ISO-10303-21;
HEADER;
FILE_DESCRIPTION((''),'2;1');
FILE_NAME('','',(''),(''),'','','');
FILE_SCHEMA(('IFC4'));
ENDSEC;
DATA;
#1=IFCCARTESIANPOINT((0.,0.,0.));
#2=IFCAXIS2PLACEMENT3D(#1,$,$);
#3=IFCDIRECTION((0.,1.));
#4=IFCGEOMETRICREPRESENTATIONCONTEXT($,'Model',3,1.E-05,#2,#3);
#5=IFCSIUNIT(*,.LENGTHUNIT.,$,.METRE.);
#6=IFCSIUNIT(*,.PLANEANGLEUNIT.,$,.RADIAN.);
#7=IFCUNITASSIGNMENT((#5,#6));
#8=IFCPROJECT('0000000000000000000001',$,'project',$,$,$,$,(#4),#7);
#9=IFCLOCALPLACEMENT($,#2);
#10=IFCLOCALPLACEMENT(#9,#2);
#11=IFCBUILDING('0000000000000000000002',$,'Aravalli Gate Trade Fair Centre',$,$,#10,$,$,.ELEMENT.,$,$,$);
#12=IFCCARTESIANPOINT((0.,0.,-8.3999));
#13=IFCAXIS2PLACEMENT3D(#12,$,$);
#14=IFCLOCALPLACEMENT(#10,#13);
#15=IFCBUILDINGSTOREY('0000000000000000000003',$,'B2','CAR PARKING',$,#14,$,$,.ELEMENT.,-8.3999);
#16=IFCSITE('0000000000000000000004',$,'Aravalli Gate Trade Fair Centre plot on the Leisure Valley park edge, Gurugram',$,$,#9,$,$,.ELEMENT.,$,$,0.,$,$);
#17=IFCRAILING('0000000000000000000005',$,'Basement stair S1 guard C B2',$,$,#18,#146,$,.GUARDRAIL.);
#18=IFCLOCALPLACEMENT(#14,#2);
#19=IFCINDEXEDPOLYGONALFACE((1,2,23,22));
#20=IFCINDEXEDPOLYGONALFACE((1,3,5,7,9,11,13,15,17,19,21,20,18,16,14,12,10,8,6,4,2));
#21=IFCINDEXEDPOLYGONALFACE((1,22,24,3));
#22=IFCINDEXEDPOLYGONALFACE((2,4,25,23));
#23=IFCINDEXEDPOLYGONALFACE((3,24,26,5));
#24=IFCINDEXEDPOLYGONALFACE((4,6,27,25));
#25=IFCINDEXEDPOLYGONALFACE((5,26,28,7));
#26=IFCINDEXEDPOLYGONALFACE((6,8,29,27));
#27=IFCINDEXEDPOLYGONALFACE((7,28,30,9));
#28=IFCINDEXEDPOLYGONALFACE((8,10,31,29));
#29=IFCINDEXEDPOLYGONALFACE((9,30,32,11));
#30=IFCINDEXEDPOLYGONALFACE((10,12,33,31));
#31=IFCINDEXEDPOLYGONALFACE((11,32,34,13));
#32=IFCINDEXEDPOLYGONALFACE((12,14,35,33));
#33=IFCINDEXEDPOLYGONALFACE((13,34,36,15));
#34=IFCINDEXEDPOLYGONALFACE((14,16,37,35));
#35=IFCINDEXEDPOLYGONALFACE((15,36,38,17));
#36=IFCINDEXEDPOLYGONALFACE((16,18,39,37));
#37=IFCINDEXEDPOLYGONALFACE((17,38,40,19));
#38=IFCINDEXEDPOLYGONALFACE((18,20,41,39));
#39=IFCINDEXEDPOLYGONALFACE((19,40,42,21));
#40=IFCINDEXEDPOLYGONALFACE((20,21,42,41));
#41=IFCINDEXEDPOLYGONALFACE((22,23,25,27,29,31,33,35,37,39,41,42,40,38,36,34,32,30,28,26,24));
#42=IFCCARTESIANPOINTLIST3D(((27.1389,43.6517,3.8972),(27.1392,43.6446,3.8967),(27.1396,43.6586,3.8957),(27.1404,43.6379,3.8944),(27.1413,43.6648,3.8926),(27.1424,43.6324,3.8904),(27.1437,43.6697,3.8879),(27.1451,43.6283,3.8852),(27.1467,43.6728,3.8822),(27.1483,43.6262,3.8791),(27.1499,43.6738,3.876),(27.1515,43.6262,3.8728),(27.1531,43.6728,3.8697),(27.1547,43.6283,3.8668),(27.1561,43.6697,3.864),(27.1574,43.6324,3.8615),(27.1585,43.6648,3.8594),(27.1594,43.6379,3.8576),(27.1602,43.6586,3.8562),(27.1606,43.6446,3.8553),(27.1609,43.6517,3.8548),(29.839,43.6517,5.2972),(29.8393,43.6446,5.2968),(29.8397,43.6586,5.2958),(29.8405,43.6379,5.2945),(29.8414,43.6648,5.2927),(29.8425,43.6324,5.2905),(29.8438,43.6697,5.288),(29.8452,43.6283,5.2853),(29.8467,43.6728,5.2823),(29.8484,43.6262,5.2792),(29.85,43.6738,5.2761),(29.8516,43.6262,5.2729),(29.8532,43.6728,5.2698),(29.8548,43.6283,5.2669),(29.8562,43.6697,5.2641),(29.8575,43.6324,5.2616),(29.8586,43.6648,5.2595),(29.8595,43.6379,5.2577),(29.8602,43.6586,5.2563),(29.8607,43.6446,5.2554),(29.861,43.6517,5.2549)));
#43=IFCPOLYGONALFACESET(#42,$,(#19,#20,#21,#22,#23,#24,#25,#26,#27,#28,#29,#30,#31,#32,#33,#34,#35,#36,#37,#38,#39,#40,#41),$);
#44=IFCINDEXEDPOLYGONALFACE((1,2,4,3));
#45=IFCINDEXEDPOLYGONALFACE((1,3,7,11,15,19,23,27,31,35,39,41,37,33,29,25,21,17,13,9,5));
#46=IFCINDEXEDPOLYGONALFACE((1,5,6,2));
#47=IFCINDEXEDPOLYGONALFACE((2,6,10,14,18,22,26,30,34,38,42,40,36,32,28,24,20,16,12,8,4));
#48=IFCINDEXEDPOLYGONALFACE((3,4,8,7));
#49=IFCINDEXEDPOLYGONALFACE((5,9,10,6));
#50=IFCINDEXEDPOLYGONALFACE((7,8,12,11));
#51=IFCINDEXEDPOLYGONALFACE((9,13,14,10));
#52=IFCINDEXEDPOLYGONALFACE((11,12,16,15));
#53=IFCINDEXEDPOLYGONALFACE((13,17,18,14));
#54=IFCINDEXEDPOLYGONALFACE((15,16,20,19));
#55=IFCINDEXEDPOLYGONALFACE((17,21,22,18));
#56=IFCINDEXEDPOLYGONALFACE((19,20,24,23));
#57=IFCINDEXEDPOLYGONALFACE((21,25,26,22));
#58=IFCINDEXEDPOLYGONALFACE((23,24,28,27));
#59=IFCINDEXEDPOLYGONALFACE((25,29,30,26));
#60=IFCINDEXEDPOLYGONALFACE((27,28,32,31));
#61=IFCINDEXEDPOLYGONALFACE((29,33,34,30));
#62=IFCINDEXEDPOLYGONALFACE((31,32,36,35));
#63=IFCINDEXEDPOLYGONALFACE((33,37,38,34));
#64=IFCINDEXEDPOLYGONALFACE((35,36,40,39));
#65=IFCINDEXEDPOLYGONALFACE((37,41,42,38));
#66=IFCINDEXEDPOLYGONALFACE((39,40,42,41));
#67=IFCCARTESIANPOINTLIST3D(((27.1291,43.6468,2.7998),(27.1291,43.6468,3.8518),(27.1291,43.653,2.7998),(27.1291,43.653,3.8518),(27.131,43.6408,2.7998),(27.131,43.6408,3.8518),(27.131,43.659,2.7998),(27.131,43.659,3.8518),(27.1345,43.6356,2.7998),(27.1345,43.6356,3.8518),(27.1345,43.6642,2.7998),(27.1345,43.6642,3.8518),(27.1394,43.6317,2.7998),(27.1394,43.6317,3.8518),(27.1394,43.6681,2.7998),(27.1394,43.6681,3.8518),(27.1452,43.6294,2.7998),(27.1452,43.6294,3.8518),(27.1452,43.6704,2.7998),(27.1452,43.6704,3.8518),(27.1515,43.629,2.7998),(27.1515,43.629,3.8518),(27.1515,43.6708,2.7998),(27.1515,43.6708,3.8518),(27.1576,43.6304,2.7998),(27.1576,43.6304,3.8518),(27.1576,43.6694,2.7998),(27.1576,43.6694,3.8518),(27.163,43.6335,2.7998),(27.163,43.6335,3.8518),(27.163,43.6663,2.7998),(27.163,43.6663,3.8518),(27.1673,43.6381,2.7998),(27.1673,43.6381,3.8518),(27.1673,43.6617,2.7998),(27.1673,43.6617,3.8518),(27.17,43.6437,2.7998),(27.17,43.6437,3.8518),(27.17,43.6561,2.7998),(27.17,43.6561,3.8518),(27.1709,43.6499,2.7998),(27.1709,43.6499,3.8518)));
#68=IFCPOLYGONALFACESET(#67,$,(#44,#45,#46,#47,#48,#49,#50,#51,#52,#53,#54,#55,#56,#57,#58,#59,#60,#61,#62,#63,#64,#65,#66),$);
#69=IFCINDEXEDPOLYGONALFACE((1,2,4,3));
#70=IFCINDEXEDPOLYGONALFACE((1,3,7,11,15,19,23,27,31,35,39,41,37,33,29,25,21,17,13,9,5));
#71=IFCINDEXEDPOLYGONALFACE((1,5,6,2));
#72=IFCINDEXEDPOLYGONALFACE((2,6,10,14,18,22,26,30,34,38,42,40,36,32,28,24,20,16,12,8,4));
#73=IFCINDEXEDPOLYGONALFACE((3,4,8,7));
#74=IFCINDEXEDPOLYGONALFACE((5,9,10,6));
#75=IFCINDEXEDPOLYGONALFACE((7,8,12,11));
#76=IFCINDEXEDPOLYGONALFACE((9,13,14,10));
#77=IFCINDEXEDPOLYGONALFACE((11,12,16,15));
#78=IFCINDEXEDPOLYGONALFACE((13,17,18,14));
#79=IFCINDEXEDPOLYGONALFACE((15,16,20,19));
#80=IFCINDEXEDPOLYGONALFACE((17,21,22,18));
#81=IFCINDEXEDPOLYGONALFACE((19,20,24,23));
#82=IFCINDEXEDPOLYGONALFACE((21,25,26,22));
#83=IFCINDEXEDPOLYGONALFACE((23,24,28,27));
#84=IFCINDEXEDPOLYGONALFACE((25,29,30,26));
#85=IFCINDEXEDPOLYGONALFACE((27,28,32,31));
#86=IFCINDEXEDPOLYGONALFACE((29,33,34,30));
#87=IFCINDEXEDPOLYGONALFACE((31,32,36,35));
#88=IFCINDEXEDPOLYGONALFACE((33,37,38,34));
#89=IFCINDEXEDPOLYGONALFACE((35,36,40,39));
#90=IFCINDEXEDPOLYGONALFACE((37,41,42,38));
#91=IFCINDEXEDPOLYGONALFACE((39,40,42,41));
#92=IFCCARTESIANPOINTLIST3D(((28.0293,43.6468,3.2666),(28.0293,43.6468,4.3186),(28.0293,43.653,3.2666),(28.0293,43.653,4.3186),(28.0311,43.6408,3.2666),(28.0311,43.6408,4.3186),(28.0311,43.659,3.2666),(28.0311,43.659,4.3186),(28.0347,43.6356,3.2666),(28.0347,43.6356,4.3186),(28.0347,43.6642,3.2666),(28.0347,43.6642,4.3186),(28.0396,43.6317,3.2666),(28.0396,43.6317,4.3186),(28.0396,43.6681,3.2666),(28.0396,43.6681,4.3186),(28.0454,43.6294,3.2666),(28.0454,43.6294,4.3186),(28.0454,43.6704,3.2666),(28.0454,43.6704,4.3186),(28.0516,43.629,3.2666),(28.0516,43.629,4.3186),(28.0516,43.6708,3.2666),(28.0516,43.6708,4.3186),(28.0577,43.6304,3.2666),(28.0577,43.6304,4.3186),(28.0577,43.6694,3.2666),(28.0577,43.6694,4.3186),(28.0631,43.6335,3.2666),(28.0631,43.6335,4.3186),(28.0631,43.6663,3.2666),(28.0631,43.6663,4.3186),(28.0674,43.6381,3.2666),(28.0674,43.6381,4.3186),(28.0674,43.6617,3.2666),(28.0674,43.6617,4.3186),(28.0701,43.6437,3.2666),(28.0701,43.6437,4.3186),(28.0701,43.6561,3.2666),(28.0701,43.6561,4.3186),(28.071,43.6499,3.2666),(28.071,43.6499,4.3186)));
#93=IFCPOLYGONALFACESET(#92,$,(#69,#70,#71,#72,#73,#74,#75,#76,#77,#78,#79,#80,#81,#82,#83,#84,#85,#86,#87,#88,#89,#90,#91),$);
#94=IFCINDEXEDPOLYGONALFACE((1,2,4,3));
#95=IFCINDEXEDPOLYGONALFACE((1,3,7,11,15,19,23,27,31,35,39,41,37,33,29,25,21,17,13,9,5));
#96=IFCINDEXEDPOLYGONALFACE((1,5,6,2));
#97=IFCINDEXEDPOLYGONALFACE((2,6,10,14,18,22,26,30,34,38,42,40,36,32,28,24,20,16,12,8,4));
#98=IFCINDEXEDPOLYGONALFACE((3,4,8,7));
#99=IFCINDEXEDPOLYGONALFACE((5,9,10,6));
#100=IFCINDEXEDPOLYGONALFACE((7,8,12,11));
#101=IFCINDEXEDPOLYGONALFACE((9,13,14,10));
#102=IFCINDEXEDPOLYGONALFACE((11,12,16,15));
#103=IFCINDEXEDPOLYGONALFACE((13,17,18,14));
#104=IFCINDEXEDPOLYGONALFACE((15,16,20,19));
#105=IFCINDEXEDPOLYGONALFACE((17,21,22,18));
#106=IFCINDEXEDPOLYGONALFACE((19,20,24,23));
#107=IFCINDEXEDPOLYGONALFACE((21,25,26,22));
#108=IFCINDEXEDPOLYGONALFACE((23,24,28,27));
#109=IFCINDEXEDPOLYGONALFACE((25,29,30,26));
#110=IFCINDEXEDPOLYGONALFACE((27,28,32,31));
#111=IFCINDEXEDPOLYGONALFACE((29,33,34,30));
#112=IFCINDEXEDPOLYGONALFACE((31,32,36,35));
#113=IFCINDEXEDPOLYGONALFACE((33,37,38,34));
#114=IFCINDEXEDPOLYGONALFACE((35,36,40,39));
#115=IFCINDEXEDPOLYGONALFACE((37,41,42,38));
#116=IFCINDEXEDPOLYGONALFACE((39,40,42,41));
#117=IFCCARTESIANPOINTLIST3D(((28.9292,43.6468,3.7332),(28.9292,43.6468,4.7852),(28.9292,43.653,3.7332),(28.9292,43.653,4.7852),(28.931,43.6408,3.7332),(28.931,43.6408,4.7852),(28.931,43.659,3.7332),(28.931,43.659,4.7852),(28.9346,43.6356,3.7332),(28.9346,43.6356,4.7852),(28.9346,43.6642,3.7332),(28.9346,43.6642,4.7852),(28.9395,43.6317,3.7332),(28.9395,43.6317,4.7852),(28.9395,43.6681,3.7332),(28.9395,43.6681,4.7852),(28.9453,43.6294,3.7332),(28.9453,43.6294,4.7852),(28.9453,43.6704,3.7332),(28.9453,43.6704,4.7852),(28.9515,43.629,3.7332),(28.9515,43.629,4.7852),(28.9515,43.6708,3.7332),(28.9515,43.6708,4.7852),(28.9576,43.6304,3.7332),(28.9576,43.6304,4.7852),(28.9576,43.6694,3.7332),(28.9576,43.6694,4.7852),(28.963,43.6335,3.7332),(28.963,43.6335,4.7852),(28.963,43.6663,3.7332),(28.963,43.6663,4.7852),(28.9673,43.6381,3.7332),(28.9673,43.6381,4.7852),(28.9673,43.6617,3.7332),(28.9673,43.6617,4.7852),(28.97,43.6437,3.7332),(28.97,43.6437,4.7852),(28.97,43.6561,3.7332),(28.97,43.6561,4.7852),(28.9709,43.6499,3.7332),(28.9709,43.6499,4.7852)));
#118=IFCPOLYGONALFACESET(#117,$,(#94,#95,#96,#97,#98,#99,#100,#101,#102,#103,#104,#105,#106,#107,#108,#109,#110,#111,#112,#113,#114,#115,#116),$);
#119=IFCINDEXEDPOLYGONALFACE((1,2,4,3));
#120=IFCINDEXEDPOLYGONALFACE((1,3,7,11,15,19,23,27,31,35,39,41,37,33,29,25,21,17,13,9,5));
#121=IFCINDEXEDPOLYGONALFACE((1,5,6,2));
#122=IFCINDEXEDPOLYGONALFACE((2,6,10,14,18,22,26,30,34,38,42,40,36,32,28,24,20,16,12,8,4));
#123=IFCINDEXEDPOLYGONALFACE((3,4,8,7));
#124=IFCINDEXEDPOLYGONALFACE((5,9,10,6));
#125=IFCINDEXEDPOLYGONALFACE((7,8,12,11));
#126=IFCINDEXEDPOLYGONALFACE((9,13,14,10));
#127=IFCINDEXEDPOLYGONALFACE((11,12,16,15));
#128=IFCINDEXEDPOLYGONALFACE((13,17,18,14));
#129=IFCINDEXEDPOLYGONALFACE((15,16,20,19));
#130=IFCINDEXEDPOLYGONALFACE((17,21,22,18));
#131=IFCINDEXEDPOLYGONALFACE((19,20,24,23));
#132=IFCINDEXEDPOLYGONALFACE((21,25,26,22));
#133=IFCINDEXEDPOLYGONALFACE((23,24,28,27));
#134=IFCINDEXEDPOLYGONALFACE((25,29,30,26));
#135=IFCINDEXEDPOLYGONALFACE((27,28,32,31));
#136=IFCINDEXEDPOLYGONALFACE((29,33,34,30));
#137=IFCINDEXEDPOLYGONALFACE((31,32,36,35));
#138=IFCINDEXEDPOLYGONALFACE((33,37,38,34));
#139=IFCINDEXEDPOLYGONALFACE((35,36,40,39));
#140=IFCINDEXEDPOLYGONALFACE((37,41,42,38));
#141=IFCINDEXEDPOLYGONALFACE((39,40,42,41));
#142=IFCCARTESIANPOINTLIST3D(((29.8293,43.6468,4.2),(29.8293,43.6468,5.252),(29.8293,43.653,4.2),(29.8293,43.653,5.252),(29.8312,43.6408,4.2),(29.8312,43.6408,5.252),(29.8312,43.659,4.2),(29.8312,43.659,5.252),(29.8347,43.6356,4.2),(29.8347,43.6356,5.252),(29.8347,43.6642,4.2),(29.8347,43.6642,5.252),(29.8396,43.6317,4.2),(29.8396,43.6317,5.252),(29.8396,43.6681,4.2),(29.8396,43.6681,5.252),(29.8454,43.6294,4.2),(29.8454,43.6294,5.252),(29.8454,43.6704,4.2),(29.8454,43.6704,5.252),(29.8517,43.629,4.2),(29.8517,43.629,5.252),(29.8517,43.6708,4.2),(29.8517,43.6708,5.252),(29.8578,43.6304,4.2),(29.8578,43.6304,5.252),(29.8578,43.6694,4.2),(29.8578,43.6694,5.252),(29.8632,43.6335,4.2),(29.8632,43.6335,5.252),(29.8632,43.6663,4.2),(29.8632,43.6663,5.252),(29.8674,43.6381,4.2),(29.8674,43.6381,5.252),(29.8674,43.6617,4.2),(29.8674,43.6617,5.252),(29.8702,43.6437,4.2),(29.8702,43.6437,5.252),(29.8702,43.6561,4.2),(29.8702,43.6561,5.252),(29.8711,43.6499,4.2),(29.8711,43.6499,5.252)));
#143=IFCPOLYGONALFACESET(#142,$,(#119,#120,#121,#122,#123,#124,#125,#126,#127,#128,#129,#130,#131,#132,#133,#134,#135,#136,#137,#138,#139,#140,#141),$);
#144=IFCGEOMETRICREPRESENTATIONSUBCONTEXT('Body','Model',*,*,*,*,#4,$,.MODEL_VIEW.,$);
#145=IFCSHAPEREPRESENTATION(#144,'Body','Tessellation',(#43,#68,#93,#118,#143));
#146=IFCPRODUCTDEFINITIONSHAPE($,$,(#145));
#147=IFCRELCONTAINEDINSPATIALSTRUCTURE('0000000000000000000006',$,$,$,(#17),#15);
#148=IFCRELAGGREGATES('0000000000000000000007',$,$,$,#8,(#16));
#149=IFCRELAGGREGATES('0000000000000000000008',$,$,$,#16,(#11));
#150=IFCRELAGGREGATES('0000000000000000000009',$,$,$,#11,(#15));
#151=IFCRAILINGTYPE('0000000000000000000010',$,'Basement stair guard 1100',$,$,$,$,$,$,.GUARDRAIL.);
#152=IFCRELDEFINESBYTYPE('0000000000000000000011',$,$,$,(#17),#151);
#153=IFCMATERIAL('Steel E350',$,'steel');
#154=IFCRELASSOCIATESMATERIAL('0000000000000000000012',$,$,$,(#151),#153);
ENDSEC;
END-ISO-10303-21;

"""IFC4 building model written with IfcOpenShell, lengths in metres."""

from ifc_helpers import new_model, si_unit, direction, frame, origin, origin_2d, place, context, subcontext, project, spatial, circle, extrude, material, type_object, element, save


model = new_model("IFC4")

# Units and contexts
model_context = context("Model", 3, precision=1e-05, world=origin(), true_north=direction((0.0, 1.0)))
body_context = subcontext(model_context, "Body", "Model", "MODEL_VIEW")
ifc_project = project(units=[si_unit("LENGTHUNIT", "METRE"), si_unit("PLANEANGLEUNIT", "RADIAN")], contexts=[model_context])

# Site, building, storey
site_placement = place(None, origin())
site = spatial("IfcSite", under=ifc_project, at=site_placement, Name="Aravalli Gate Trade Fair Centre plot on the Leisure Valley park edge, Gurugram", CompositionType="ELEMENT", RefElevation=0.0)
building_placement = place(site_placement, origin())
building = spatial("IfcBuilding", under=site, at=building_placement, Name="Aravalli Gate Trade Fair Centre", CompositionType="ELEMENT")
storey_placement = place(building_placement, frame((0.0, 0.0, -8.3999)))
storey = spatial("IfcBuildingStorey", under=building, at=storey_placement, Name="B2", Description="CAR PARKING", CompositionType="ELEMENT", Elevation=-8.3999)

# Railing
ifc_material_1 = material(Name="Steel E350", Category="steel")
railing_type_1 = type_object("IfcRailingType", Name="Basement stair guard 1100", PredefinedType="GUARDRAIL", material=ifc_material_1)
railing_1_placement = place(storey_placement, frame((27.1499, 43.6499, 2.7998)))
element("IfcRailing", 1, at=railing_1_placement, inside=storey, type_object=railing_type_1, Name="Basement stair S1 guard C B2", PredefinedType="GUARDRAIL", context=body_context, shape_type="SweptSolid", body=[
    extrude(circle(Radius=0.0239, at=origin_2d()), frame((0.0, 0.0, 1.0762), z_axis=(0.887748, 0.0, 0.460329), x_axis=(0.0, 1.0, 0.0)), (0.0, 0.0, 1.0), 3.0415),
    extrude(circle(Radius=0.021, at=origin_2d()), origin(), (0.0, 0.0, 1.0), 1.052),
    extrude(circle(Radius=0.021, at=origin_2d()), frame((0.9001, 0.0, 0.4668)), (0.0, 0.0, 1.0), 1.052),
    extrude(circle(Radius=0.021, at=origin_2d()), frame((1.8, 0.0, 0.9333)), (0.0, 0.0, 1.0), 1.052),
    extrude(circle(Radius=0.021, at=origin_2d()), frame((2.7002, 0.0, 1.4001)), (0.0, 0.0, 1.0), 1.052),
])

save(model, "model.ifc")
